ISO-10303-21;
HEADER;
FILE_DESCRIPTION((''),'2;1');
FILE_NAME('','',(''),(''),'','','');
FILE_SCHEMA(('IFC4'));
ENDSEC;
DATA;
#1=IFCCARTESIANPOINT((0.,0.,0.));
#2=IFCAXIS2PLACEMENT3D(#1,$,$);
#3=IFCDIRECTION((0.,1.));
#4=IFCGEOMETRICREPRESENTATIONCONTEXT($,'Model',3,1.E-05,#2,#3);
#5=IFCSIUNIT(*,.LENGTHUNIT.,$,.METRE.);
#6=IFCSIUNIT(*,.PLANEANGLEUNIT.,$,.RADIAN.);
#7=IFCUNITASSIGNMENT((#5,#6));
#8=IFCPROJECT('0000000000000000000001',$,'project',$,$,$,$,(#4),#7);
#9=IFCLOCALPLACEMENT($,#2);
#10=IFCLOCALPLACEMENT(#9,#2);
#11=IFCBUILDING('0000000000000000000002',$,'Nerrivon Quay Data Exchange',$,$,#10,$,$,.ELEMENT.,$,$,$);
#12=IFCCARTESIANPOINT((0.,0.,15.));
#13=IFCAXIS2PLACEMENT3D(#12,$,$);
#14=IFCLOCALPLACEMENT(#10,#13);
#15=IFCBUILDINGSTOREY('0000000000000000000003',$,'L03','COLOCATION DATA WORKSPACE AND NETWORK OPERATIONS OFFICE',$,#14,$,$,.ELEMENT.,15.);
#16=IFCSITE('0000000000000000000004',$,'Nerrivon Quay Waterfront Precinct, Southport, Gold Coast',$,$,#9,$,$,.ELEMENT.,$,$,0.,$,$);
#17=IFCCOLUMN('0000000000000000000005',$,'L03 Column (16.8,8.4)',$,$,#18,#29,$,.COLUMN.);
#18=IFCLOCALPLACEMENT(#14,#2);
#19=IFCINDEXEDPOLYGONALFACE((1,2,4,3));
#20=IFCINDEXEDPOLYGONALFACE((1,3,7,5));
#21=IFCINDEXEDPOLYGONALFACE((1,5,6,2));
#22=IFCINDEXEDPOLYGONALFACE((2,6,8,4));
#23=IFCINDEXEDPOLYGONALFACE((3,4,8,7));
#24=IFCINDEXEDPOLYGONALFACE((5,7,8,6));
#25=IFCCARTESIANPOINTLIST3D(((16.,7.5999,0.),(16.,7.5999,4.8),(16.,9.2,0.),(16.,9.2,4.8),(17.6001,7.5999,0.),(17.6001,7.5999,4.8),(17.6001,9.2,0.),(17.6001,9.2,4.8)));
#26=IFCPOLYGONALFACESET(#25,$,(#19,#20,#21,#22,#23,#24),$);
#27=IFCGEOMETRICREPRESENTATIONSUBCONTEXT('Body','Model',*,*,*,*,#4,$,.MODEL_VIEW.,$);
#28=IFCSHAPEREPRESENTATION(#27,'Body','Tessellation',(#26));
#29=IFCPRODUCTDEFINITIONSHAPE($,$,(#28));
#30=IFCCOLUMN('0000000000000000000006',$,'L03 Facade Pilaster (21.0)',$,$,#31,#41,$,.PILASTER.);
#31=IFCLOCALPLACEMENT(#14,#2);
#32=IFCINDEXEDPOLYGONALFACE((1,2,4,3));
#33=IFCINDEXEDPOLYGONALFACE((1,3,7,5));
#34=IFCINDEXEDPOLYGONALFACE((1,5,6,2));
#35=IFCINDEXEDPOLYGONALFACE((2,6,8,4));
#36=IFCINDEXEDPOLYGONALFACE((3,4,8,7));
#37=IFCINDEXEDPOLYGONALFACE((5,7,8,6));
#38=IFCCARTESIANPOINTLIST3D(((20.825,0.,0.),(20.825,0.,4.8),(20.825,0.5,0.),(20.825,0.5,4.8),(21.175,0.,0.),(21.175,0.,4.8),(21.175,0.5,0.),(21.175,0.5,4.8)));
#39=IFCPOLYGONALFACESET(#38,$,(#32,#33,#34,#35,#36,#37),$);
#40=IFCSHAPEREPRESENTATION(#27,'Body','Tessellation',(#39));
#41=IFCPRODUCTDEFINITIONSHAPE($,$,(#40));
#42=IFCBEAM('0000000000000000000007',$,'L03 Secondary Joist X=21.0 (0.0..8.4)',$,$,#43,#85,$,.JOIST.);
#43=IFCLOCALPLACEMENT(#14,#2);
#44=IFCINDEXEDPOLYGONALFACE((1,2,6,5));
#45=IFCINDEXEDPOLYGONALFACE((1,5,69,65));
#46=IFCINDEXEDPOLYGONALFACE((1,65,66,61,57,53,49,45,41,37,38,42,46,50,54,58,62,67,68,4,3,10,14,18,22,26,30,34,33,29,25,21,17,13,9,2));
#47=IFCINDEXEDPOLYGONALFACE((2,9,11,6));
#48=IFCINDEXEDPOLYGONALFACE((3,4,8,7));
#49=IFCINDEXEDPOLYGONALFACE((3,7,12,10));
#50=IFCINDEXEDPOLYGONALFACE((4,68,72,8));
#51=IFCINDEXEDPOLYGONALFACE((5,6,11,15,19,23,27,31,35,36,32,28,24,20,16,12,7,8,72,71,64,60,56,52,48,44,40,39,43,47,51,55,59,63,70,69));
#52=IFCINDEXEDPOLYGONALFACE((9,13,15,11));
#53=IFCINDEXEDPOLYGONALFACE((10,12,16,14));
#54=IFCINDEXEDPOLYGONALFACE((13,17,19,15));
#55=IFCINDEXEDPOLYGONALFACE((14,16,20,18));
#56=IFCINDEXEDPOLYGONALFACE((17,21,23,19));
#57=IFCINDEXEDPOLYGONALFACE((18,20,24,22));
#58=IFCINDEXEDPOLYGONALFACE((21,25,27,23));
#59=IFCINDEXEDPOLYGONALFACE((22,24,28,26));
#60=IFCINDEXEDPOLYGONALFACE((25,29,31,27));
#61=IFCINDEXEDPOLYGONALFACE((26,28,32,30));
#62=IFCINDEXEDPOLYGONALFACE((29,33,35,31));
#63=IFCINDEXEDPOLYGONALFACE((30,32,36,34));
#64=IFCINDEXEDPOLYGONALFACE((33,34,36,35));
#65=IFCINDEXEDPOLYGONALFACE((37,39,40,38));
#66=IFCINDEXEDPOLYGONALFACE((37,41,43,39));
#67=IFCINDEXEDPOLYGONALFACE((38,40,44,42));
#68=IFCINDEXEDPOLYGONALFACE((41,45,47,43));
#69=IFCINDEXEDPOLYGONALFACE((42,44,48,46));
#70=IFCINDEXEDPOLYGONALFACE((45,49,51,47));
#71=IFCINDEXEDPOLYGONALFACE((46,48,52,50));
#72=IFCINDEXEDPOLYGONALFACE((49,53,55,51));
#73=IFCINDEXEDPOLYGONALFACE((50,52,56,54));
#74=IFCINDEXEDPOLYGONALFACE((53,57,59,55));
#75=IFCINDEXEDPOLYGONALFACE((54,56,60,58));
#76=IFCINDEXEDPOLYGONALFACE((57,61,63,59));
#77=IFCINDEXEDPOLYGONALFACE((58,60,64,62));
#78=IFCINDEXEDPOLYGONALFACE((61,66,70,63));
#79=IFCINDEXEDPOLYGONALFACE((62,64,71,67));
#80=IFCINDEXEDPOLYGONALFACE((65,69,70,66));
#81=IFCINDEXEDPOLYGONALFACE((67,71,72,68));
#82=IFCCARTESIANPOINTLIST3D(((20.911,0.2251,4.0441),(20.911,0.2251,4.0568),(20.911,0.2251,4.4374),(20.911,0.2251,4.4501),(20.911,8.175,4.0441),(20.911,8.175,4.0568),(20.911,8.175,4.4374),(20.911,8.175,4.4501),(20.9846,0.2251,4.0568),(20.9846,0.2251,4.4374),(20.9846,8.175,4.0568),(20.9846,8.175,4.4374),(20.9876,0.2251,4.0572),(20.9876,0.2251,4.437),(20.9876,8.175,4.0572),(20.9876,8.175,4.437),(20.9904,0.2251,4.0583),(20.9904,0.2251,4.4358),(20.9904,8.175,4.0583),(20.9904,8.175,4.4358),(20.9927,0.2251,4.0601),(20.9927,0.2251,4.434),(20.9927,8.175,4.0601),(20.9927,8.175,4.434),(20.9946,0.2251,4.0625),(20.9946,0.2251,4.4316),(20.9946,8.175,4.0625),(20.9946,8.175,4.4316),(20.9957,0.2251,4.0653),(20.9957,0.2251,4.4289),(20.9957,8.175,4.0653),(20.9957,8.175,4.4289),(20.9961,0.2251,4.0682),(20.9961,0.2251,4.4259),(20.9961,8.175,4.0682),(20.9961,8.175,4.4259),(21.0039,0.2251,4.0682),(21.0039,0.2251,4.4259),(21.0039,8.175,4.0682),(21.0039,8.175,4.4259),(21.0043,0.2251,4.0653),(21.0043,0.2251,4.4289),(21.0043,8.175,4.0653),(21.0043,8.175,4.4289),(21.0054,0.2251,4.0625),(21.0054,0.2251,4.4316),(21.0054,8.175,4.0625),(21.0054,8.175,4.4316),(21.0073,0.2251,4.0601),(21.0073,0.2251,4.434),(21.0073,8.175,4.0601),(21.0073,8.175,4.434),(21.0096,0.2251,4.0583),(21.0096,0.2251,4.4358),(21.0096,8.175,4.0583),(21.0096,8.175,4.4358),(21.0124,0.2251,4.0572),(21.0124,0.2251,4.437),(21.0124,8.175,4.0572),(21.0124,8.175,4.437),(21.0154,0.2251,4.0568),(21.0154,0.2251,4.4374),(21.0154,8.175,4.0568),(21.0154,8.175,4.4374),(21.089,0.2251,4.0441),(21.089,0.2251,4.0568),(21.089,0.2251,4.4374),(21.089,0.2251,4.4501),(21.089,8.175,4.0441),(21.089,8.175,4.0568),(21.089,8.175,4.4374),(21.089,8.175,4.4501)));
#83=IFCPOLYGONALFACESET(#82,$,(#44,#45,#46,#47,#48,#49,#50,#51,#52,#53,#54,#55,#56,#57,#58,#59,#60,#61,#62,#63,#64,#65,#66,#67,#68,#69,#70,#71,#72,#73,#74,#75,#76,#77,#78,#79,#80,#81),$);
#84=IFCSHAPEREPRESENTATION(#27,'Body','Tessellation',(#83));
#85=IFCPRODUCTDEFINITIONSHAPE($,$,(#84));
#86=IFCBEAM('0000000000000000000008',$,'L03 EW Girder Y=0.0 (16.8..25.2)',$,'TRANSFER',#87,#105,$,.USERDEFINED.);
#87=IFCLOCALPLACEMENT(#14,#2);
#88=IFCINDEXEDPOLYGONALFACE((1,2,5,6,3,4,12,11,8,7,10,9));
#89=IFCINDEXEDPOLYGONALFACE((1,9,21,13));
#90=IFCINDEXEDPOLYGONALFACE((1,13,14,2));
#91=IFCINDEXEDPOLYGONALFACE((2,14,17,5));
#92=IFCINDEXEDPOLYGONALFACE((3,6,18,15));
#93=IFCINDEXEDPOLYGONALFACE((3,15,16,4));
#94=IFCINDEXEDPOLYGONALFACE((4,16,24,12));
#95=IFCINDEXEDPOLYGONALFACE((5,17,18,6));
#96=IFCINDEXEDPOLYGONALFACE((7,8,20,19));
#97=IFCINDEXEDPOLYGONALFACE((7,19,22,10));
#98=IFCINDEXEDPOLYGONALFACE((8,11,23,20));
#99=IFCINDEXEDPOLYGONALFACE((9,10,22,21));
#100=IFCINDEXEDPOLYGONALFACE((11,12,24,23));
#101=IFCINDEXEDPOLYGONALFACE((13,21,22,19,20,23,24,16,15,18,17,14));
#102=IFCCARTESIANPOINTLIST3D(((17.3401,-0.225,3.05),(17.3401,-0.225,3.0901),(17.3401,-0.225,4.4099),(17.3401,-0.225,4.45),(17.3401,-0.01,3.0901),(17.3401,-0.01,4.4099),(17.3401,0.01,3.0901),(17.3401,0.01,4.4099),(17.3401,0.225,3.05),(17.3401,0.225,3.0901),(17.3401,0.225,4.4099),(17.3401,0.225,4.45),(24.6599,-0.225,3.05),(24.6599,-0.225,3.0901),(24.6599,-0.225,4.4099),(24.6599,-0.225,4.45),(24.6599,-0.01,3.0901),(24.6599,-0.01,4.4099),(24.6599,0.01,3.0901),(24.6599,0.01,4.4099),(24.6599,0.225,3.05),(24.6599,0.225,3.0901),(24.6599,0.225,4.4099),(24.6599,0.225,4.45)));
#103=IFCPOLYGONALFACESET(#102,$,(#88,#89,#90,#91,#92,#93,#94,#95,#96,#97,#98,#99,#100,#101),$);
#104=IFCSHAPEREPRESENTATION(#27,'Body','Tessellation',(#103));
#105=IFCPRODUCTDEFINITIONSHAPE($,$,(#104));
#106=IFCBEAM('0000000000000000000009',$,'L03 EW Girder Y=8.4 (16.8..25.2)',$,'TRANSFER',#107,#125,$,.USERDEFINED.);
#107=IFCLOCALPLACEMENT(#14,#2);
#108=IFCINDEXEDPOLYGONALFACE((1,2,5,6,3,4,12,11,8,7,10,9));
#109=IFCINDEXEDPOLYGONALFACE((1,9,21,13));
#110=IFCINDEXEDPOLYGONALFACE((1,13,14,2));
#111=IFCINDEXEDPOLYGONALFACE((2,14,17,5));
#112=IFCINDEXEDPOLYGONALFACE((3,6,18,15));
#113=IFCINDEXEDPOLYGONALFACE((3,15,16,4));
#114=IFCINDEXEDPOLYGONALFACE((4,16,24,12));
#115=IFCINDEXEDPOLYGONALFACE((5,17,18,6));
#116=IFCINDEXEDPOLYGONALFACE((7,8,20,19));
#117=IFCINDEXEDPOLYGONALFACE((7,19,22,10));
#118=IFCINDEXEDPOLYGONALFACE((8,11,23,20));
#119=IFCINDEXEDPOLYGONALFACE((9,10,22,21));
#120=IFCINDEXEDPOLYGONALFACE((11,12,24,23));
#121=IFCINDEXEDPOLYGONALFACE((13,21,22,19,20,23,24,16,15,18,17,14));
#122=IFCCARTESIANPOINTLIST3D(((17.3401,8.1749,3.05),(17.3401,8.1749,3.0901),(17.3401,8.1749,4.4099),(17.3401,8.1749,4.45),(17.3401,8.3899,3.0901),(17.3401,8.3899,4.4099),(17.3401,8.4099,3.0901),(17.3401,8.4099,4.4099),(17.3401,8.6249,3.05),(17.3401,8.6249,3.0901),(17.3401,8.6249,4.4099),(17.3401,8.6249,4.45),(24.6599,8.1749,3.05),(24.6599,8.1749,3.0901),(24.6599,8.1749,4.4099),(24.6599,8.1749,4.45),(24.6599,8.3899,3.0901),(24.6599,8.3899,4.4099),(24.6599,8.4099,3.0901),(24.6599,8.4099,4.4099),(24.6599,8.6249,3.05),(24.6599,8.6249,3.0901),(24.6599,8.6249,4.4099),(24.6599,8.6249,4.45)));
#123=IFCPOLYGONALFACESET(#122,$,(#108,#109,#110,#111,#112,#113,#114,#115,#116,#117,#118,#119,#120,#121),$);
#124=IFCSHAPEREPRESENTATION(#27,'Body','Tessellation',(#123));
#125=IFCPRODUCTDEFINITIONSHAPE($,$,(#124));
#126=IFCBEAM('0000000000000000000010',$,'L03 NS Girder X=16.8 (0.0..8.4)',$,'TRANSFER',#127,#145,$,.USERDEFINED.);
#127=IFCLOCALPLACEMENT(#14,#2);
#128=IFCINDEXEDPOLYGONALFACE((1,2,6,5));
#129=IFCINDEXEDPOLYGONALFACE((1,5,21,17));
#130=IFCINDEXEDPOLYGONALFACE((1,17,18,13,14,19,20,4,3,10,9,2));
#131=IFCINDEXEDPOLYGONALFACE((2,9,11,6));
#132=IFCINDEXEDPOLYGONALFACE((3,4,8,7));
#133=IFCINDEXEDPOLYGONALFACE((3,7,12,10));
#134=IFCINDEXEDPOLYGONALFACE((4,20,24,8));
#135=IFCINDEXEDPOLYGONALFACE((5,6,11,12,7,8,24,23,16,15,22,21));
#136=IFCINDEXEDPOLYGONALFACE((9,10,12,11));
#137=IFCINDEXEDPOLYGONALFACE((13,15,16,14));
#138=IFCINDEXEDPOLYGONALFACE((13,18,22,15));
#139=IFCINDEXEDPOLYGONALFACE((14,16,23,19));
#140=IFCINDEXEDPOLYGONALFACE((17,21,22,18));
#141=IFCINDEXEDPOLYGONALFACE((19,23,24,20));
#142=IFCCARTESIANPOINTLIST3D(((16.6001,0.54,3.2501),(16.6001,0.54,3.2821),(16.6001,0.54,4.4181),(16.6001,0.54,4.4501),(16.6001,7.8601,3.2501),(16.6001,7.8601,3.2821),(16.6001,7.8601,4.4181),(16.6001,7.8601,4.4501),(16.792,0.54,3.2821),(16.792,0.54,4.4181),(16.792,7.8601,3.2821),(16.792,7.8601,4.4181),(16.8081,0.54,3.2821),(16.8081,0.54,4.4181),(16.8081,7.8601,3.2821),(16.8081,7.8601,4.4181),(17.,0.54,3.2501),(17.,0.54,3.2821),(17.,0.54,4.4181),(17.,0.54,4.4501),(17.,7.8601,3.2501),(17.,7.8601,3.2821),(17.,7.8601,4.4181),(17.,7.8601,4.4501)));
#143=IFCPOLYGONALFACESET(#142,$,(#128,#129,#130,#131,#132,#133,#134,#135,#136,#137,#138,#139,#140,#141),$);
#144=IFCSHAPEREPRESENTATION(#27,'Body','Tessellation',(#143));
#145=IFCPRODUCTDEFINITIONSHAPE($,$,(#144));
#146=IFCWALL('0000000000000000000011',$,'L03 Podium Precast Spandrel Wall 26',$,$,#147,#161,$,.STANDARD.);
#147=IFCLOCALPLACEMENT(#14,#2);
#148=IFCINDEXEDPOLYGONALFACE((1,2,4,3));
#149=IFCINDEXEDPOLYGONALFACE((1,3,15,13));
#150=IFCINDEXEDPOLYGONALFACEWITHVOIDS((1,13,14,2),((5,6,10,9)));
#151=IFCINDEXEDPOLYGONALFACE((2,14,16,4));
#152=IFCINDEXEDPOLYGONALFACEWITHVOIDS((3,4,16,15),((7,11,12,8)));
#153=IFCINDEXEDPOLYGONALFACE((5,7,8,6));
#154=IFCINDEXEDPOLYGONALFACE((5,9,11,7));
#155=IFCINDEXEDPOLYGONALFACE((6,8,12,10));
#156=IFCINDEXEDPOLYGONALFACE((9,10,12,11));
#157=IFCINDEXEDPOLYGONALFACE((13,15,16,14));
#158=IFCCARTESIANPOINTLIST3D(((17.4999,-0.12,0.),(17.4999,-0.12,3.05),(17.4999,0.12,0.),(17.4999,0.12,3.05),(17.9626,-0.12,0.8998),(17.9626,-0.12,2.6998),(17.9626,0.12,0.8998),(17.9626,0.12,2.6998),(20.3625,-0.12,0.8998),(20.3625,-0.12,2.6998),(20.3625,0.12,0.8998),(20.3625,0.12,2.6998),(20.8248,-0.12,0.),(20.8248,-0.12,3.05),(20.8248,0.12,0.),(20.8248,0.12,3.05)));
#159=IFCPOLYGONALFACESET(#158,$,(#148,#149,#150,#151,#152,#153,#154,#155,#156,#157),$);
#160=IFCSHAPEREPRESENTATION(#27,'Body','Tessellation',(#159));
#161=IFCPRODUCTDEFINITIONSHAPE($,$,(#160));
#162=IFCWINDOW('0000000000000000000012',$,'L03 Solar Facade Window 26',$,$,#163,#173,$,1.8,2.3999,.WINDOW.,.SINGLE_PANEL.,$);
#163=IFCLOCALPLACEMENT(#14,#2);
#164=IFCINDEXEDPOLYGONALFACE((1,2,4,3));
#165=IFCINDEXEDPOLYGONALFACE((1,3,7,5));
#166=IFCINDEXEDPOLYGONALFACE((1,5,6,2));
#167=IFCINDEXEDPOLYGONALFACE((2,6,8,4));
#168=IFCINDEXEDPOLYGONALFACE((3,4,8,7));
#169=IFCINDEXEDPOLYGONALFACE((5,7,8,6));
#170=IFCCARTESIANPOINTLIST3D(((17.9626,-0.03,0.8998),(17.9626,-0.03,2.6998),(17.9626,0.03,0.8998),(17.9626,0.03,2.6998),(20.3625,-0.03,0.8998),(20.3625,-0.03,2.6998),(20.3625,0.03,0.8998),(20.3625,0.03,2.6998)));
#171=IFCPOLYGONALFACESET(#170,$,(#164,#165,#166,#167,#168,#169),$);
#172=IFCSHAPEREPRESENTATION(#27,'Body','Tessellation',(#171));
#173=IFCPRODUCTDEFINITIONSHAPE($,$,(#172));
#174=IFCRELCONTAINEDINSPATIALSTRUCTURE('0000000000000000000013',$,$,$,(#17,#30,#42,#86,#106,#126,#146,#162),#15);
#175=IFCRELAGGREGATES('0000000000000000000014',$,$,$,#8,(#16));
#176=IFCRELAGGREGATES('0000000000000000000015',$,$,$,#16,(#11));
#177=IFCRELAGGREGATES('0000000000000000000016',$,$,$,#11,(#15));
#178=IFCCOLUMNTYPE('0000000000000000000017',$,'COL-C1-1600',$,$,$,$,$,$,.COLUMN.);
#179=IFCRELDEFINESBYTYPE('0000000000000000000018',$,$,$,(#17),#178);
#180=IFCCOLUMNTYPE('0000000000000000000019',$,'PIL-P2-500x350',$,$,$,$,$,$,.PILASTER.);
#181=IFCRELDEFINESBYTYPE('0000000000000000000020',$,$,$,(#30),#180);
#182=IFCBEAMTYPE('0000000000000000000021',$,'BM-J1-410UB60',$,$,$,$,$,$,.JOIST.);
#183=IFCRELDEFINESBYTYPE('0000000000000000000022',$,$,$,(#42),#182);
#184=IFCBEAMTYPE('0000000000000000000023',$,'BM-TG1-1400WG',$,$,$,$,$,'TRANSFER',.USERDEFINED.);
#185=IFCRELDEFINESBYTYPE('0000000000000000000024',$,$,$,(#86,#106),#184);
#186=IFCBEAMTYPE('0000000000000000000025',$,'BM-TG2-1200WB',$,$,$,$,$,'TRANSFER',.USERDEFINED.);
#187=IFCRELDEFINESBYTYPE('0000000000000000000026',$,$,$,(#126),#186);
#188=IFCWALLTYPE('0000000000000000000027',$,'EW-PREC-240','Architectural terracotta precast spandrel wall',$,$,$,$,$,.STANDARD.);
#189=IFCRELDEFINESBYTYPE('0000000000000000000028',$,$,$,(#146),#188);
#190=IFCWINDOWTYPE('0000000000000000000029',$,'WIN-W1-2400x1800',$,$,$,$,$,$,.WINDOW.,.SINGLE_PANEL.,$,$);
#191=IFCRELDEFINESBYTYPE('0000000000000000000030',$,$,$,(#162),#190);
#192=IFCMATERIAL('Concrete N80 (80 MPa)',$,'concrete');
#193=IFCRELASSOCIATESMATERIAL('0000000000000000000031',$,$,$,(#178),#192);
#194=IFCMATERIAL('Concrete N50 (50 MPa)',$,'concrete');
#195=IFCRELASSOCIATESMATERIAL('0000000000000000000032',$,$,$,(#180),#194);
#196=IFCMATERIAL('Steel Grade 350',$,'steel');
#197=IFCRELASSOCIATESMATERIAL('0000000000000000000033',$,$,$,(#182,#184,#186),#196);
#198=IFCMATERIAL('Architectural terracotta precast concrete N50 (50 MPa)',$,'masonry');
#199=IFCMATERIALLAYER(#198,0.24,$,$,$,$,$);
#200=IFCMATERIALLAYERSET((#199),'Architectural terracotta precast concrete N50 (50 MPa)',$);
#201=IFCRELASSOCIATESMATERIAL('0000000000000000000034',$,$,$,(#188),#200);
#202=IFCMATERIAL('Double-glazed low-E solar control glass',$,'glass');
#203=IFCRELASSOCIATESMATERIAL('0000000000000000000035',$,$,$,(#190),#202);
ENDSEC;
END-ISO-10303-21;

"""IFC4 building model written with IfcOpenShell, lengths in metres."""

from ifc_helpers import new_model, si_unit, direction, frame, frame_2d, origin, origin_2d, place, context, subcontext, project, spatial, rectangle, i_section, extrude, material, layer, layer_set, material_profile, profile_set, type_object, element, fill, save


model = new_model("IFC4")

# Units and contexts
model_context = context("Model", 3, precision=1e-05, world=origin(), true_north=direction((0.0, 1.0)))
body_context = subcontext(model_context, "Body", "Model", "MODEL_VIEW")
ifc_project = project(units=[si_unit("LENGTHUNIT", "METRE"), si_unit("PLANEANGLEUNIT", "RADIAN")], contexts=[model_context])

# Site, building, storey
site_placement = place(None, origin())
site = spatial("IfcSite", under=ifc_project, at=site_placement, Name="Nerrivon Quay Waterfront Precinct, Southport, Gold Coast", CompositionType="ELEMENT", RefElevation=0.0)
building_placement = place(site_placement, origin())
building = spatial("IfcBuilding", under=site, at=building_placement, Name="Nerrivon Quay Data Exchange", CompositionType="ELEMENT")
storey_placement = place(building_placement, frame((0.0, 0.0, 15.0)))
storey = spatial("IfcBuildingStorey", under=building, at=storey_placement, Name="L03", Description="COLOCATION DATA WORKSPACE AND NETWORK OPERATIONS OFFICE", CompositionType="ELEMENT", Elevation=15.0)

# Columns
ifc_material_1 = material(Name="Concrete N80 (80 MPa)", Category="concrete")
ifc_material_profile_1 = material_profile(ifc_material_1, rectangle(XDim=1.6001, YDim=1.6001, at=origin_2d()), Name="RC-COL-1600x1600")
ifc_profile_set_1 = profile_set([ifc_material_profile_1], Name="Concrete N80 (80 MPa)")
column_type_1 = type_object("IfcColumnType", Name="COL-C1-1600", PredefinedType="COLUMN", material=ifc_profile_set_1)
column_1_placement = place(storey_placement, frame((16.8, 8.3999, 0.0), z_axis=(0.0, 0.0, 1.0), x_axis=(1.0, 0.0, 0.0)))
element("IfcColumn", 1, at=column_1_placement, inside=storey, type_object=column_type_1, Name="L03 Column (16.8,8.4)", PredefinedType="COLUMN", context=body_context, shape_type="SweptSolid", body=[
    extrude(rectangle(XDim=1.6001, YDim=1.6001, at=origin_2d()), origin(), (0.0, 0.0, 1.0), 4.8),
])
ifc_material_2 = material(Name="Concrete N50 (50 MPa)", Category="concrete")
ifc_material_profile_2 = material_profile(ifc_material_2, rectangle(XDim=0.3501, YDim=0.5, at=origin_2d()), Name="RC-PIL-500x350")
ifc_profile_set_2 = profile_set([ifc_material_profile_2], Name="Concrete N50 (50 MPa)")
column_type_2 = type_object("IfcColumnType", Name="PIL-P2-500x350", PredefinedType="PILASTER", material=ifc_profile_set_2)
column_2_placement = place(storey_placement, frame((21.0, 0.25, 0.0), z_axis=(0.0, 0.0, 1.0), x_axis=(1.0, 0.0, 0.0)))
element("IfcColumn", 2, at=column_2_placement, inside=storey, type_object=column_type_2, Name="L03 Facade Pilaster (21.0)", PredefinedType="PILASTER", context=body_context, shape_type="SweptSolid", body=[
    extrude(rectangle(XDim=0.3501, YDim=0.5, at=origin_2d()), origin(), (0.0, 0.0, 1.0), 4.8),
])

# Beams
ifc_material_3 = material(Name="Steel Grade 350", Category="steel")
ifc_material_profile_3 = material_profile(ifc_material_3, i_section(OverallWidth=0.178, OverallDepth=0.406, WebThickness=0.0078, FlangeThickness=0.0127, FilletRadius=0.0115, at=origin_2d()), Name="410UB59.7")
ifc_profile_set_3 = profile_set([ifc_material_profile_3], Name="Steel Grade 350")
beam_type_1 = type_object("IfcBeamType", Name="BM-J1-410UB60", PredefinedType="JOIST", material=ifc_profile_set_3)
beam_1_placement = place(storey_placement, frame((21.0, 0.2251, 4.2471), z_axis=(0.0, 1.0, 0.0), x_axis=(-1.0, 0.0, 0.0)))
element("IfcBeam", 3, at=beam_1_placement, inside=storey, type_object=beam_type_1, Name="L03 Secondary Joist X=21.0 (0.0..8.4)", PredefinedType="JOIST", context=body_context, shape_type="SweptSolid", body=[
    extrude(i_section(OverallWidth=0.178, OverallDepth=0.406, WebThickness=0.0078, FlangeThickness=0.0127, FilletRadius=0.0115, at=origin_2d()), origin(), (0.0, 0.0, 1.0), 7.95),
])
ifc_material_profile_4 = material_profile(ifc_material_3, i_section(OverallWidth=0.45, OverallDepth=1.3999, WebThickness=0.02, FlangeThickness=0.04, at=origin_2d()), Name="1400WG455")
ifc_profile_set_4 = profile_set([ifc_material_profile_4], Name="Steel Grade 350")
beam_type_2 = type_object("IfcBeamType", Name="BM-TG1-1400WG", ElementType="TRANSFER", PredefinedType="USERDEFINED", material=ifc_profile_set_4)
for number, where, z_axis, x_axis, name in (
    (4, (17.3401, 0.0, 3.75), (1.0, 0.0, 0.0), (0.0, 1.0, 0.0), "L03 EW Girder Y=0.0 (16.8..25.2)"),
    (5, (17.3401, 8.3999, 3.75), (1.0, 0.0, 0.0), (0.0, 1.0, 0.0), "L03 EW Girder Y=8.4 (16.8..25.2)"),
):
    element("IfcBeam", number, at=place(storey_placement, frame(where, z_axis=z_axis, x_axis=x_axis)), inside=storey, type_object=beam_type_2, Name=name, ObjectType="TRANSFER", PredefinedType="USERDEFINED", context=body_context, shape_type="SweptSolid", body=[
        extrude(i_section(OverallWidth=0.45, OverallDepth=1.3999, WebThickness=0.02, FlangeThickness=0.04, at=origin_2d()), origin(), (0.0, 0.0, 1.0), 7.3198),
    ])
ifc_material_profile_5 = material_profile(ifc_material_3, i_section(OverallWidth=0.3999, OverallDepth=1.2, WebThickness=0.0161, FlangeThickness=0.032, at=origin_2d()), Name="1200WB342")
ifc_profile_set_5 = profile_set([ifc_material_profile_5], Name="Steel Grade 350")
beam_type_3 = type_object("IfcBeamType", Name="BM-TG2-1200WB", ElementType="TRANSFER", PredefinedType="USERDEFINED", material=ifc_profile_set_5)
beam_2_placement = place(storey_placement, frame((16.8, 0.54, 3.8501), z_axis=(0.0, 1.0, 0.0), x_axis=(-1.0, 0.0, 0.0)))
element("IfcBeam", 6, at=beam_2_placement, inside=storey, type_object=beam_type_3, Name="L03 NS Girder X=16.8 (0.0..8.4)", ObjectType="TRANSFER", PredefinedType="USERDEFINED", context=body_context, shape_type="SweptSolid", body=[
    extrude(i_section(OverallWidth=0.3999, OverallDepth=1.2, WebThickness=0.0161, FlangeThickness=0.032, at=origin_2d()), origin(), (0.0, 0.0, 1.0), 7.3201),
])

# Wall, opening, window
ifc_material_4 = material(Name="Architectural terracotta precast concrete N50 (50 MPa)", Category="masonry")
ifc_layer_1 = layer(ifc_material_4, 0.24)
ifc_layer_set_1 = layer_set([ifc_layer_1], Name="Architectural terracotta precast concrete N50 (50 MPa)")
wall_type_1 = type_object("IfcWallType", Name="EW-PREC-240", Description="Architectural terracotta precast spandrel wall", PredefinedType="STANDARD", material=ifc_layer_set_1)
wall_1_placement = place(storey_placement, frame((20.825, 0.0, 0.0), z_axis=(0.0, 0.0, 1.0), x_axis=(-1.0, 0.0, 0.0)))
wall_1 = element("IfcWall", 7, at=wall_1_placement, inside=storey, type_object=wall_type_1, Name="L03 Podium Precast Spandrel Wall 26", PredefinedType="STANDARD", context=body_context, shape_type="SweptSolid", body=[
    extrude(rectangle(XDim=3.325, YDim=0.24, at=frame_2d((1.6626, 0.0))), origin(), (0.0, 0.0, 1.0), 3.05),
])
opening_1_placement = place(wall_1_placement, frame((0.4624, 0.0, 0.8999)))
opening_1 = element("IfcOpeningElement", 8, at=opening_1_placement, cuts=wall_1, PredefinedType="OPENING", context=body_context, shape_type="SweptSolid", body=[
    extrude(rectangle(XDim=2.3999, YDim=1.8, at=frame_2d((1.2, 0.8999))), frame((0.0, 0.1299, 0.0), z_axis=(0.0, -1.0, 0.0), x_axis=(1.0, 0.0, 0.0)), (0.0, 0.0, 1.0), 0.26),
])
ifc_material_5 = material(Name="Double-glazed low-E solar control glass", Category="glass")
window_type = type_object("IfcWindowType", Name="WIN-W1-2400x1800", PartitioningType="SINGLE_PANEL", PredefinedType="WINDOW", material=ifc_material_5)
window_placement = place(opening_1_placement, origin())
window = element("IfcWindow", 9, at=window_placement, inside=storey, type_object=window_type, Name="L03 Solar Facade Window 26", OverallHeight=1.8, OverallWidth=2.3999, PartitioningType="SINGLE_PANEL", PredefinedType="WINDOW", context=body_context, shape_type="SweptSolid", body=[
    extrude(rectangle(XDim=2.3999, YDim=1.8, at=frame_2d((1.2, 0.8999))), frame((0.0, 0.03, 0.0), z_axis=(0.0, -1.0, 0.0), x_axis=(1.0, 0.0, 0.0)), (0.0, 0.0, 1.0), 0.0601),
])
fill(opening_1, window)

save(model, "model.ifc")
